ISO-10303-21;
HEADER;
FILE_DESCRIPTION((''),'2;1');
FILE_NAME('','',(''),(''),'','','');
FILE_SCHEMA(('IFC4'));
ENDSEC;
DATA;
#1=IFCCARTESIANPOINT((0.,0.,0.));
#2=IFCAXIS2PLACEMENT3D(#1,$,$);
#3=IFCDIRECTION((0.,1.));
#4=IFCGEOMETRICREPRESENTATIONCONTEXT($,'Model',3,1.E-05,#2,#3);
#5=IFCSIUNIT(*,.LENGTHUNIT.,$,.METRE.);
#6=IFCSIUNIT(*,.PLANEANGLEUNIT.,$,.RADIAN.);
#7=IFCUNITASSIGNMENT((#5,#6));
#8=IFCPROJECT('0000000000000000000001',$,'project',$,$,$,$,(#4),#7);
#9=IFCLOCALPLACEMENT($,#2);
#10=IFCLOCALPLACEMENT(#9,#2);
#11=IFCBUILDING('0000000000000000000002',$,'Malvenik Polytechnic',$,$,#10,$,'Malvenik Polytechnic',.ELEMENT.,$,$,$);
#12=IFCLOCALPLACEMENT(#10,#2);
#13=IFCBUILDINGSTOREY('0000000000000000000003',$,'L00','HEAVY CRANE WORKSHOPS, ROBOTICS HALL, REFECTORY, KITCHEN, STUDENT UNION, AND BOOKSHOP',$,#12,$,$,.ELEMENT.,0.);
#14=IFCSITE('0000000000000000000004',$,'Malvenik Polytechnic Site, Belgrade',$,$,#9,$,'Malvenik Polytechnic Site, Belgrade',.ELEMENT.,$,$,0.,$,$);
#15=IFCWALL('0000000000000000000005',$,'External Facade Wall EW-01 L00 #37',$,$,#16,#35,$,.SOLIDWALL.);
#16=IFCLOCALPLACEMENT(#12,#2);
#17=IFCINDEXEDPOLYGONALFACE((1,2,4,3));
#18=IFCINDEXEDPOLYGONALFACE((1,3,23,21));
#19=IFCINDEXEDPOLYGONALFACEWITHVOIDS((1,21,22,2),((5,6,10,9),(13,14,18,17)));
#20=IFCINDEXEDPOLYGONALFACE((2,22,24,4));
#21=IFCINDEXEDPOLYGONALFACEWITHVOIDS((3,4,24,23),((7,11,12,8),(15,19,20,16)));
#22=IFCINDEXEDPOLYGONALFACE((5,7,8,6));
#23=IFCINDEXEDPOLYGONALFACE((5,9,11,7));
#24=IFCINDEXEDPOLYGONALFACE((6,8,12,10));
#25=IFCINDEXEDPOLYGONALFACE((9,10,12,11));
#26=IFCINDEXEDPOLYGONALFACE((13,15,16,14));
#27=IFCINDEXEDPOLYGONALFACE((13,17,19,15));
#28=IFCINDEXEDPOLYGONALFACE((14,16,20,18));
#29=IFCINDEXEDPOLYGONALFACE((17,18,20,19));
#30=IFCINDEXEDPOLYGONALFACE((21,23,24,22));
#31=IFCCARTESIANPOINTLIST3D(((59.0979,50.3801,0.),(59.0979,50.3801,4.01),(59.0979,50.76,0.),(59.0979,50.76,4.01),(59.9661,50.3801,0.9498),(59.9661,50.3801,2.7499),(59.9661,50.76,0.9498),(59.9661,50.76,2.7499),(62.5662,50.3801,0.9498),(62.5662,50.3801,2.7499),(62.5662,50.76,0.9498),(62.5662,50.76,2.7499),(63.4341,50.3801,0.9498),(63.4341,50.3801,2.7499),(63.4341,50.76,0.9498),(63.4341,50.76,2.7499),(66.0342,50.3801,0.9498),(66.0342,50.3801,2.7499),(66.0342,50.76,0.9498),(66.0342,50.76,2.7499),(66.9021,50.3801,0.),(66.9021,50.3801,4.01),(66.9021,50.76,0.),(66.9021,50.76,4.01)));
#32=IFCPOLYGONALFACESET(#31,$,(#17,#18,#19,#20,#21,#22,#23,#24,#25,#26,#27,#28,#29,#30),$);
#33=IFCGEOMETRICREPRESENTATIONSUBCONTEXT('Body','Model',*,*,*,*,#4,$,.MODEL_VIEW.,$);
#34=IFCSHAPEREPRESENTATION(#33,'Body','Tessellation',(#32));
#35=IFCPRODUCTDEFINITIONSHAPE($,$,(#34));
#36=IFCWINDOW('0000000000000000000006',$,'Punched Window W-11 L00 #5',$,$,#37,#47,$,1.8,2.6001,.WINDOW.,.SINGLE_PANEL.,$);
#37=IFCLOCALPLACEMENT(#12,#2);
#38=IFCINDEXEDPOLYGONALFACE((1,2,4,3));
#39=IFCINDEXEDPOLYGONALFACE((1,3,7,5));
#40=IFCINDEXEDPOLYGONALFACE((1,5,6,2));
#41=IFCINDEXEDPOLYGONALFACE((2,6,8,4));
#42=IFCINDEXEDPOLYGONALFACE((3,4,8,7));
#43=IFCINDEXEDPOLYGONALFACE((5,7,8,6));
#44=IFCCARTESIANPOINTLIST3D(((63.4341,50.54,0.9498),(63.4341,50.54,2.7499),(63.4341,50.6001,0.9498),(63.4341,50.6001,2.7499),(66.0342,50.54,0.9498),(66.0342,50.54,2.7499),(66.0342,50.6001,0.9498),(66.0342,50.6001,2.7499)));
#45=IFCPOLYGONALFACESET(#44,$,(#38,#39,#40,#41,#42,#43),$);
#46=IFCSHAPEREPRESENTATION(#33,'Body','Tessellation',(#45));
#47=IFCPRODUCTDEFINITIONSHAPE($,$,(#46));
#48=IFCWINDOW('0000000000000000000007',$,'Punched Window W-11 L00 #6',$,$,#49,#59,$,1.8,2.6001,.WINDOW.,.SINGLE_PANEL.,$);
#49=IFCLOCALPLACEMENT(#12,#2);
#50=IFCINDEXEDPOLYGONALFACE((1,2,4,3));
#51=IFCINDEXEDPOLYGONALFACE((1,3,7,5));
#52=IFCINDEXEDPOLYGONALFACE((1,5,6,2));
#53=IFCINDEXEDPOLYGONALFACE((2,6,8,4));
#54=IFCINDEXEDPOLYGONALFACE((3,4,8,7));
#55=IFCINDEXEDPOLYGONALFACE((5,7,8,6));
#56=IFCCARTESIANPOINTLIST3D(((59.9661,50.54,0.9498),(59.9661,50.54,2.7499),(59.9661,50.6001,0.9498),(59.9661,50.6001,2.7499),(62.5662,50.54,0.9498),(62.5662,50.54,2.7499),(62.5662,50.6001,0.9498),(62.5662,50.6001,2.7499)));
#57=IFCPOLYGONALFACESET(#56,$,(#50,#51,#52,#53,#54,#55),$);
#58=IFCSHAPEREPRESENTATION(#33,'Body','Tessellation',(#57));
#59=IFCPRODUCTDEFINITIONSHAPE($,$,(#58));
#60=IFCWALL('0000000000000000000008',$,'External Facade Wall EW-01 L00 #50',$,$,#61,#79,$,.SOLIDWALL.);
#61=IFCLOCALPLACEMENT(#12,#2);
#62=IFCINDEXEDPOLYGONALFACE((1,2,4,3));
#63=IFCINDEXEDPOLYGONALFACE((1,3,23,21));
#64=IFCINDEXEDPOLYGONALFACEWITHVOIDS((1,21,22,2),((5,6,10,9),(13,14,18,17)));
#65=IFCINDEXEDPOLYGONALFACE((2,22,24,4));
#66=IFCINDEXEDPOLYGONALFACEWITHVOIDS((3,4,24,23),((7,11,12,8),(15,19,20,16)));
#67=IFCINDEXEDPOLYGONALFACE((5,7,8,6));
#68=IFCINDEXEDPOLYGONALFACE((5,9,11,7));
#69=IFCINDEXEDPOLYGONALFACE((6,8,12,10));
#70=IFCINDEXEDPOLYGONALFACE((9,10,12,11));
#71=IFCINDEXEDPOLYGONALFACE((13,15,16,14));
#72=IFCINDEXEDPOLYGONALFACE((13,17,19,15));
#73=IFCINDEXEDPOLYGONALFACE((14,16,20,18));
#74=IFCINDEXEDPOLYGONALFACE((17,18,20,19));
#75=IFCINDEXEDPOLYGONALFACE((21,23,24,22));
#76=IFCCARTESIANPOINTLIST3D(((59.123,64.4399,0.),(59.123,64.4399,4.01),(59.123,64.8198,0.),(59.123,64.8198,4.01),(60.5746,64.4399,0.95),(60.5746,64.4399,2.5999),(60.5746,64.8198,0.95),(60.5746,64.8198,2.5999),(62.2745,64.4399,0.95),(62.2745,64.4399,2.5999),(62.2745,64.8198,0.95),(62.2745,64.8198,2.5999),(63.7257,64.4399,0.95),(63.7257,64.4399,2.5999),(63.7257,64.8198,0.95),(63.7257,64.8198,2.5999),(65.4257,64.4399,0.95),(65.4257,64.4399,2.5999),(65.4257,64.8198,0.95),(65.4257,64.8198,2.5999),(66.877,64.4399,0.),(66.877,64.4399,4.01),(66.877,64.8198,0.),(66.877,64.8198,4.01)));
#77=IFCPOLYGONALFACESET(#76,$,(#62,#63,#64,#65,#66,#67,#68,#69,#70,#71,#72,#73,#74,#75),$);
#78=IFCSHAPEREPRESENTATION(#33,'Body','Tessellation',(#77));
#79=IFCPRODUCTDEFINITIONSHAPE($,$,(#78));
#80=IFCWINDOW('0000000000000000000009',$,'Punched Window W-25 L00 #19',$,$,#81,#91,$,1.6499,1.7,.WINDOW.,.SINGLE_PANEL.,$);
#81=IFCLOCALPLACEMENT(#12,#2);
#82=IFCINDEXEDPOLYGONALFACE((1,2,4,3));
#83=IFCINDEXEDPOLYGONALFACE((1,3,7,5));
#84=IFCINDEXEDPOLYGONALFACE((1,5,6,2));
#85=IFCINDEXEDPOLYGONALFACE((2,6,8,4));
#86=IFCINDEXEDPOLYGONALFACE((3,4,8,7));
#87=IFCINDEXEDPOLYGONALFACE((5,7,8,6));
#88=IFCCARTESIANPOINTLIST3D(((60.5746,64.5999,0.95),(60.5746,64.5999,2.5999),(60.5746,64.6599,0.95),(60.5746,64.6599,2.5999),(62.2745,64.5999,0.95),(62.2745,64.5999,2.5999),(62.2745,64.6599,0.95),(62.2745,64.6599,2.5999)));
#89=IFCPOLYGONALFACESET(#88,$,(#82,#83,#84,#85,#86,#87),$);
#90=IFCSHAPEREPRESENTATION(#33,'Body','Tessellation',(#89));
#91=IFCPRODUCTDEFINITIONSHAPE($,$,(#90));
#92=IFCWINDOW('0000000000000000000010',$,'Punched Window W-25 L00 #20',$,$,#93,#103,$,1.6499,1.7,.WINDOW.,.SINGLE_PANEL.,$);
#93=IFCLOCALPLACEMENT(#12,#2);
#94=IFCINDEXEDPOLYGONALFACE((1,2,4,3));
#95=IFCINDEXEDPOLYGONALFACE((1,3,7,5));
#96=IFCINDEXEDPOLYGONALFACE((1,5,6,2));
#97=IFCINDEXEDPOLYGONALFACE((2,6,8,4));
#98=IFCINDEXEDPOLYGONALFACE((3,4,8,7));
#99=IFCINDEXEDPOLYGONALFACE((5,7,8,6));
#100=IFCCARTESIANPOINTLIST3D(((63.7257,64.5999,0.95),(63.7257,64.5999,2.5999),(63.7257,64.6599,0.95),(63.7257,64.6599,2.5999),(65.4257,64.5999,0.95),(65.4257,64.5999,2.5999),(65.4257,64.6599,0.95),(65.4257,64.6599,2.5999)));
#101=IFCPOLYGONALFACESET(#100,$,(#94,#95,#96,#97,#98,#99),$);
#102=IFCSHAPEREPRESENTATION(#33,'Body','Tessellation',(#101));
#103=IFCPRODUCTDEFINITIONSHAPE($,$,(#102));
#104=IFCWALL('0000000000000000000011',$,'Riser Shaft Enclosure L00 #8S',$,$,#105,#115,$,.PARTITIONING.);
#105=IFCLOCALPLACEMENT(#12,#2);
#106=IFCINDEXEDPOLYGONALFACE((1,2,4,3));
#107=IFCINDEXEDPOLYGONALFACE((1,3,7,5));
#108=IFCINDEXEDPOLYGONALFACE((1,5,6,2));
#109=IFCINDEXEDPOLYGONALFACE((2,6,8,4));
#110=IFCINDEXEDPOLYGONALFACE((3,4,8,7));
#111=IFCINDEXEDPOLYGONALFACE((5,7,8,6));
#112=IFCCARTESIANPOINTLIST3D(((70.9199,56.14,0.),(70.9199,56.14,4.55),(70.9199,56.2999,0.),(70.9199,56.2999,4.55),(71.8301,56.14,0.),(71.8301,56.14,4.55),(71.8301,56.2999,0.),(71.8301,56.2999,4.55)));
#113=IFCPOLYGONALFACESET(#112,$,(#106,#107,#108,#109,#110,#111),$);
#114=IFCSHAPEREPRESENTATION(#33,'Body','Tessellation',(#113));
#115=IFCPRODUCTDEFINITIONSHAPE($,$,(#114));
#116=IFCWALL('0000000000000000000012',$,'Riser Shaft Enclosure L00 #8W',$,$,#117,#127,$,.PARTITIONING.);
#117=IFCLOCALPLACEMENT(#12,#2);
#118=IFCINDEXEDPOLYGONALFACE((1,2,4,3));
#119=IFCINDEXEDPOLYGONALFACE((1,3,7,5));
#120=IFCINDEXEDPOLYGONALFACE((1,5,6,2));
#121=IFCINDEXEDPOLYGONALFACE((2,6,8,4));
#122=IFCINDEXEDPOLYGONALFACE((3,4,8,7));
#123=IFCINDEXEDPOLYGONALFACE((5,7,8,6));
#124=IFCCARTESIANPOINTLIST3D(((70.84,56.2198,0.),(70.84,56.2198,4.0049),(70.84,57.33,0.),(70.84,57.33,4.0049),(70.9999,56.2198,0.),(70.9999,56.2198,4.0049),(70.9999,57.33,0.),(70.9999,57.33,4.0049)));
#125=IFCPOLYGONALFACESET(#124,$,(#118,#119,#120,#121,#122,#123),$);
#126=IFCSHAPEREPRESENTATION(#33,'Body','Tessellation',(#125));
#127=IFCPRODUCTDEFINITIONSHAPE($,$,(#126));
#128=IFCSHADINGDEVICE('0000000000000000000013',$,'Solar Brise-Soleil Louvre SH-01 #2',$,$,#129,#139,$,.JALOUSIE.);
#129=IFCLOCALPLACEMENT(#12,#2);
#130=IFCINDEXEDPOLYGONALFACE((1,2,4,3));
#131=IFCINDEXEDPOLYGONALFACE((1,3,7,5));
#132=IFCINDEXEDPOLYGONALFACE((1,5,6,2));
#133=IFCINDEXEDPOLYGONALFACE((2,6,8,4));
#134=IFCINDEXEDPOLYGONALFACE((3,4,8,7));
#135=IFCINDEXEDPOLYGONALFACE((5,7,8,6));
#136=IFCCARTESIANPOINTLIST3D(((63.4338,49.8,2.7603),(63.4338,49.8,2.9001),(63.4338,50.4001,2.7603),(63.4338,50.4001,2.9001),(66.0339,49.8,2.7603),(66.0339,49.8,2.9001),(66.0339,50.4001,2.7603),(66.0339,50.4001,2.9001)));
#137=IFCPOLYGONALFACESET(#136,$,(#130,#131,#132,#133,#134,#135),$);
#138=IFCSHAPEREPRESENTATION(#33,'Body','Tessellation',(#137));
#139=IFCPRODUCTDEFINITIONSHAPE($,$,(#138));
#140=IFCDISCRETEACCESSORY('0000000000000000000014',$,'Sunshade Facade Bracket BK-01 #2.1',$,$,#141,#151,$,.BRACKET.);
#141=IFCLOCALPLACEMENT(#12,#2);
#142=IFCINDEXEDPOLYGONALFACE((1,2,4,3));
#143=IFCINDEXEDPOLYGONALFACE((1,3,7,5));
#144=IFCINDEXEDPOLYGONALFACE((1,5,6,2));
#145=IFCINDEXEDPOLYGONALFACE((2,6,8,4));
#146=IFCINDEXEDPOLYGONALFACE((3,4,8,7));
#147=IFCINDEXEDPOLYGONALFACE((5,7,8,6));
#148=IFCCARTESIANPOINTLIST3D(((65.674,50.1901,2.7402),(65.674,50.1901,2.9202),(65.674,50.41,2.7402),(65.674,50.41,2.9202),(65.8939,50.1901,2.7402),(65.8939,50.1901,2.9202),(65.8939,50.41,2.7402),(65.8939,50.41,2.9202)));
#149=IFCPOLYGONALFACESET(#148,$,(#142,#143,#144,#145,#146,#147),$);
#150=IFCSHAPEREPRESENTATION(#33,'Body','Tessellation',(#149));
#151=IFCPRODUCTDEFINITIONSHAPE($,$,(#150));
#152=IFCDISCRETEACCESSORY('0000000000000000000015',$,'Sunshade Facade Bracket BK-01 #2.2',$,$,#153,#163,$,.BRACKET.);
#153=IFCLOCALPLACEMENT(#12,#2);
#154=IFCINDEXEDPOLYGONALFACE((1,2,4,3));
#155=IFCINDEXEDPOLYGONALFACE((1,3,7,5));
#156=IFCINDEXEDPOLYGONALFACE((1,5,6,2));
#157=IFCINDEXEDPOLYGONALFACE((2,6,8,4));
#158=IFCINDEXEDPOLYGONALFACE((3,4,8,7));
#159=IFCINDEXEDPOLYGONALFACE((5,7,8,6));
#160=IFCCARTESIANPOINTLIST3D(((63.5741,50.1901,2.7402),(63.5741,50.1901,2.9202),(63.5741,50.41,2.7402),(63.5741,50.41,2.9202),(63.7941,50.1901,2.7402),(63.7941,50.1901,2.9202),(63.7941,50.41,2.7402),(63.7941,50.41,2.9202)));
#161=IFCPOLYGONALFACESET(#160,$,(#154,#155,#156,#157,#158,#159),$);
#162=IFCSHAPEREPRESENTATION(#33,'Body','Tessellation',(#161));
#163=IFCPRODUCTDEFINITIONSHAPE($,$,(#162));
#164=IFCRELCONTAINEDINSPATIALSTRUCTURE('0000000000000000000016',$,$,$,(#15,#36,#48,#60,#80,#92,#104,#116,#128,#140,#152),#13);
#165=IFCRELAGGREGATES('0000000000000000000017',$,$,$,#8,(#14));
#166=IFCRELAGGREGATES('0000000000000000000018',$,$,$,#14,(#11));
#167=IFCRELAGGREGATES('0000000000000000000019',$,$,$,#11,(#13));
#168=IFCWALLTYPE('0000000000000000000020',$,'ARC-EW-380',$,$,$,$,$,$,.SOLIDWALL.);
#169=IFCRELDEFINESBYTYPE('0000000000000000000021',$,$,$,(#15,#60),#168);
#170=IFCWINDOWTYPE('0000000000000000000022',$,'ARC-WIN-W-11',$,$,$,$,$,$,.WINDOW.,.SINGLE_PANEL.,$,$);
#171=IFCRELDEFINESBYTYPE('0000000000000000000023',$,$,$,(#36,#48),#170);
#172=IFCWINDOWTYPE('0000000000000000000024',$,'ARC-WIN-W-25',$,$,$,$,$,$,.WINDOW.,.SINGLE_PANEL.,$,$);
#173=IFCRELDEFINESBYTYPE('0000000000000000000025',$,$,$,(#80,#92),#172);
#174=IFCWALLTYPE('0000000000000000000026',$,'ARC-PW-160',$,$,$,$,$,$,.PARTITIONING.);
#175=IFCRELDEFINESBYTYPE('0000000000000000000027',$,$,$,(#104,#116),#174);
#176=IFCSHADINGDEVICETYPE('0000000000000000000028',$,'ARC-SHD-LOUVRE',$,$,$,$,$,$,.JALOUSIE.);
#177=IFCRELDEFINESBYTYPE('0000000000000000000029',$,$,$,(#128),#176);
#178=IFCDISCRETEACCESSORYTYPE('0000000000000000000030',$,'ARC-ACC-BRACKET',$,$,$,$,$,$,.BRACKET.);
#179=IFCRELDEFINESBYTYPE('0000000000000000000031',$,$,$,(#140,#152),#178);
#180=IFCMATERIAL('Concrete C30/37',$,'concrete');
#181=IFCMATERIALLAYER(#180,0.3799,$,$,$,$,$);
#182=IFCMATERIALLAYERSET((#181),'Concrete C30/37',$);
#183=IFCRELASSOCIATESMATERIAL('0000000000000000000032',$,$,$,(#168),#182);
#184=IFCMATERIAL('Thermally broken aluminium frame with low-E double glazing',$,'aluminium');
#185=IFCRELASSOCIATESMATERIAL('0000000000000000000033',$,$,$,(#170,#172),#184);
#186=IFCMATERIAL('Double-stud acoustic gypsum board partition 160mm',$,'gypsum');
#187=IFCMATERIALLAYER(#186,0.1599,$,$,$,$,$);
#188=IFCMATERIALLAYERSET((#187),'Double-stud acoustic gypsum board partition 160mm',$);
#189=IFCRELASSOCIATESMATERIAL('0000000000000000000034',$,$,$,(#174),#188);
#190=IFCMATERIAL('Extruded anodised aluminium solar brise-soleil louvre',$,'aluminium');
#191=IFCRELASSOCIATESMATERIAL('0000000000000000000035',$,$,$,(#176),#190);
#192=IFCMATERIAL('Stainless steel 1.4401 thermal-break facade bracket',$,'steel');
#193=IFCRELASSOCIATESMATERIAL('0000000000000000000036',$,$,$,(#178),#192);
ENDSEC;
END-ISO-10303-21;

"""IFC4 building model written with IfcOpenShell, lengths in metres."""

from ifc_helpers import new_model, si_unit, direction, frame, frame_2d, origin, origin_2d, place, context, subcontext, project, spatial, rectangle, extrude, material, layer, layer_set, type_object, element, fill, save


model = new_model("IFC4")

# Units and contexts
model_context = context("Model", 3, precision=1e-05, world=origin(), true_north=direction((0.0, 1.0)))
body_context = subcontext(model_context, "Body", "Model", "MODEL_VIEW")
ifc_project = project(units=[si_unit("LENGTHUNIT", "METRE"), si_unit("PLANEANGLEUNIT", "RADIAN")], contexts=[model_context])

# Site, building, storey
site_placement = place(None, origin())
site = spatial("IfcSite", under=ifc_project, at=site_placement, Name="Malvenik Polytechnic Site, Belgrade", LongName="Malvenik Polytechnic Site, Belgrade", CompositionType="ELEMENT", RefElevation=0.0)
building_placement = place(site_placement, origin())
building = spatial("IfcBuilding", under=site, at=building_placement, Name="Malvenik Polytechnic", LongName="Malvenik Polytechnic", CompositionType="ELEMENT")
storey_placement = place(building_placement, origin())
storey = spatial("IfcBuildingStorey", under=building, at=storey_placement, Name="L00", Description="HEAVY CRANE WORKSHOPS, ROBOTICS HALL, REFECTORY, KITCHEN, STUDENT UNION, AND BOOKSHOP", CompositionType="ELEMENT", Elevation=0.0)

# Shared definitions
ifc_material_1 = material(Name="Concrete C30/37", Category="concrete")

# Walls, openings, windows
ifc_layer_1 = layer(ifc_material_1, 0.3799)
ifc_layer_set_1 = layer_set([ifc_layer_1], Name="Concrete C30/37")
wall_type_1 = type_object("IfcWallType", Name="ARC-EW-380", PredefinedType="SOLIDWALL", material=ifc_layer_set_1)
wall_1_placement = place(storey_placement, frame((66.9021, 50.5701, 0.0), z_axis=(0.0, 0.0, 1.0), x_axis=(-1.0, 0.0, 0.0)))
wall_1 = element("IfcWall", 1, at=wall_1_placement, inside=storey, type_object=wall_type_1, Name="External Facade Wall EW-01 L00 #37", PredefinedType="SOLIDWALL", context=body_context, shape_type="SweptSolid", body=[
    extrude(rectangle(XDim=7.8042, YDim=0.3799, at=frame_2d((3.9021, 0.0))), origin(), (0.0, 0.0, 1.0), 4.01),
])
opening_1_placement = place(wall_1_placement, frame((0.8679, 0.0, 0.95)))
opening_1 = element("IfcOpeningElement", 2, at=opening_1_placement, cuts=wall_1, PredefinedType="OPENING", context=body_context, shape_type="SweptSolid", body=[
    extrude(rectangle(XDim=2.6001, YDim=1.8, at=frame_2d((1.3, 0.8999))), frame((0.0, 0.2, 0.0), z_axis=(0.0, -1.0, 0.0), x_axis=(1.0, 0.0, 0.0)), (0.0, 0.0, 1.0), 0.3999),
])
opening_2_placement = place(wall_1_placement, frame((4.3359, 0.0, 0.95)))
opening_2 = element("IfcOpeningElement", 3, at=opening_2_placement, cuts=wall_1, PredefinedType="OPENING", context=body_context, shape_type="SweptSolid", body=[
    extrude(rectangle(XDim=2.6001, YDim=1.8, at=frame_2d((1.3, 0.8999))), frame((0.0, 0.2, 0.0), z_axis=(0.0, -1.0, 0.0), x_axis=(1.0, 0.0, 0.0)), (0.0, 0.0, 1.0), 0.3999),
])
ifc_material_2 = material(Name="Thermally broken aluminium frame with low-E double glazing", Category="aluminium")
window_type_1 = type_object("IfcWindowType", Name="ARC-WIN-W-11", PartitioningType="SINGLE_PANEL", PredefinedType="WINDOW", material=ifc_material_2)
window_1_placement = place(opening_1_placement, origin())
window_1 = element("IfcWindow", 4, at=window_1_placement, inside=storey, type_object=window_type_1, Name="Punched Window W-11 L00 #5", OverallHeight=1.8, OverallWidth=2.6001, PartitioningType="SINGLE_PANEL", PredefinedType="WINDOW", context=body_context, shape_type="SweptSolid", body=[
    extrude(rectangle(XDim=2.6001, YDim=1.8, at=frame_2d((1.3, 0.8999))), frame((0.0, 0.03, 0.0), z_axis=(0.0, -1.0, 0.0), x_axis=(1.0, 0.0, 0.0)), (0.0, 0.0, 1.0), 0.0601),
])
fill(opening_1, window_1)
window_2_placement = place(opening_2_placement, origin())
window_2 = element("IfcWindow", 5, at=window_2_placement, inside=storey, type_object=window_type_1, Name="Punched Window W-11 L00 #6", OverallHeight=1.8, OverallWidth=2.6001, PartitioningType="SINGLE_PANEL", PredefinedType="WINDOW", context=body_context, shape_type="SweptSolid", body=[
    extrude(rectangle(XDim=2.6001, YDim=1.8, at=frame_2d((1.3, 0.8999))), frame((0.0, 0.03, 0.0), z_axis=(0.0, -1.0, 0.0), x_axis=(1.0, 0.0, 0.0)), (0.0, 0.0, 1.0), 0.0601),
])
fill(opening_2, window_2)
wall_2_placement = place(storey_placement, frame((59.123, 64.6299, 0.0), z_axis=(0.0, 0.0, 1.0), x_axis=(1.0, 0.0, 0.0)))
wall_2 = element("IfcWall", 6, at=wall_2_placement, inside=storey, type_object=wall_type_1, Name="External Facade Wall EW-01 L00 #50", PredefinedType="SOLIDWALL", context=body_context, shape_type="SweptSolid", body=[
    extrude(rectangle(XDim=7.7539, YDim=0.3799, at=frame_2d((3.877, 0.0))), origin(), (0.0, 0.0, 1.0), 4.01),
])
opening_3_placement = place(wall_2_placement, frame((1.4514, 0.0, 0.95)))
opening_3 = element("IfcOpeningElement", 7, at=opening_3_placement, cuts=wall_2, PredefinedType="OPENING", context=body_context, shape_type="SweptSolid", body=[
    extrude(rectangle(XDim=1.7, YDim=1.6499, at=frame_2d((0.8501, 0.825))), frame((0.0, 0.2, 0.0), z_axis=(0.0, -1.0, 0.0), x_axis=(1.0, 0.0, 0.0)), (0.0, 0.0, 1.0), 0.3999),
])
opening_4_placement = place(wall_2_placement, frame((4.6025, 0.0, 0.95)))
opening_4 = element("IfcOpeningElement", 8, at=opening_4_placement, cuts=wall_2, PredefinedType="OPENING", context=body_context, shape_type="SweptSolid", body=[
    extrude(rectangle(XDim=1.7, YDim=1.6499, at=frame_2d((0.8501, 0.825))), frame((0.0, 0.2, 0.0), z_axis=(0.0, -1.0, 0.0), x_axis=(1.0, 0.0, 0.0)), (0.0, 0.0, 1.0), 0.3999),
])
window_type_2 = type_object("IfcWindowType", Name="ARC-WIN-W-25", PartitioningType="SINGLE_PANEL", PredefinedType="WINDOW", material=ifc_material_2)
window_3_placement = place(opening_3_placement, origin())
window_3 = element("IfcWindow", 9, at=window_3_placement, inside=storey, type_object=window_type_2, Name="Punched Window W-25 L00 #19", OverallHeight=1.6499, OverallWidth=1.7, PartitioningType="SINGLE_PANEL", PredefinedType="WINDOW", context=body_context, shape_type="SweptSolid", body=[
    extrude(rectangle(XDim=1.7, YDim=1.6499, at=frame_2d((0.8501, 0.825))), frame((0.0, 0.03, 0.0), z_axis=(0.0, -1.0, 0.0), x_axis=(1.0, 0.0, 0.0)), (0.0, 0.0, 1.0), 0.0601),
])
fill(opening_3, window_3)
window_4_placement = place(opening_4_placement, origin())
window_4 = element("IfcWindow", 10, at=window_4_placement, inside=storey, type_object=window_type_2, Name="Punched Window W-25 L00 #20", OverallHeight=1.6499, OverallWidth=1.7, PartitioningType="SINGLE_PANEL", PredefinedType="WINDOW", context=body_context, shape_type="SweptSolid", body=[
    extrude(rectangle(XDim=1.7, YDim=1.6499, at=frame_2d((0.8501, 0.825))), frame((0.0, 0.03, 0.0), z_axis=(0.0, -1.0, 0.0), x_axis=(1.0, 0.0, 0.0)), (0.0, 0.0, 1.0), 0.0601),
])
fill(opening_4, window_4)

# Walls
ifc_material_3 = material(Name="Double-stud acoustic gypsum board partition 160mm", Category="gypsum")
ifc_layer_2 = layer(ifc_material_3, 0.1599)
ifc_layer_set_2 = layer_set([ifc_layer_2], Name="Double-stud acoustic gypsum board partition 160mm")
wall_type_2 = type_object("IfcWallType", Name="ARC-PW-160", PredefinedType="PARTITIONING", material=ifc_layer_set_2)
wall_3_placement = place(storey_placement, frame((70.9199, 56.22, 0.0), z_axis=(0.0, 0.0, 1.0), x_axis=(1.0, 0.0, 0.0)))
element("IfcWall", 11, at=wall_3_placement, inside=storey, type_object=wall_type_2, Name="Riser Shaft Enclosure L00 #8S", PredefinedType="PARTITIONING", context=body_context, shape_type="SweptSolid", body=[
    extrude(rectangle(XDim=0.9102, YDim=0.1599, at=frame_2d((0.4551, 0.0))), origin(), (0.0, 0.0, 1.0), 4.55),
])
wall_4_placement = place(storey_placement, frame((70.9199, 57.3301, 0.0), z_axis=(0.0, 0.0, 1.0), x_axis=(0.0, -1.0, 0.0)))
element("IfcWall", 12, at=wall_4_placement, inside=storey, type_object=wall_type_2, Name="Riser Shaft Enclosure L00 #8W", PredefinedType="PARTITIONING", context=body_context, shape_type="SweptSolid", body=[
    extrude(rectangle(XDim=1.1101, YDim=0.1599, at=frame_2d((0.5552, 0.0))), origin(), (0.0, 0.0, 1.0), 4.0049),
])

# Shading device
ifc_material_4 = material(Name="Extruded anodised aluminium solar brise-soleil louvre", Category="aluminium")
shading_device_type = type_object("IfcShadingDeviceType", Name="ARC-SHD-LOUVRE", PredefinedType="JALOUSIE", material=ifc_material_4)
shading_device_placement = place(storey_placement, frame((64.7339, 50.1001, 2.7603), z_axis=(0.0, 0.0, 1.0), x_axis=(1.0, 0.0, 0.0)))
element("IfcShadingDevice", 13, at=shading_device_placement, inside=storey, type_object=shading_device_type, Name="Solar Brise-Soleil Louvre SH-01 #2", PredefinedType="JALOUSIE", context=body_context, shape_type="SweptSolid", body=[
    extrude(rectangle(XDim=2.6001, YDim=0.6001, at=origin_2d()), origin(), (0.0, 0.0, 1.0), 0.1399),
])

# Discrete accessories
ifc_material_5 = material(Name="Stainless steel 1.4401 thermal-break facade bracket", Category="steel")
discrete_accessory_type = type_object("IfcDiscreteAccessoryType", Name="ARC-ACC-BRACKET", PredefinedType="BRACKET", material=ifc_material_5)
for number, where, z_axis, x_axis, name in (
    (14, (65.7839, 50.3, 2.7402), (0.0, 0.0, 1.0), (1.0, 0.0, 0.0), "Sunshade Facade Bracket BK-01 #2.1"),
    (15, (63.6841, 50.3, 2.7402), (0.0, 0.0, 1.0), (1.0, 0.0, 0.0), "Sunshade Facade Bracket BK-01 #2.2"),
):
    element("IfcDiscreteAccessory", number, at=place(storey_placement, frame(where, z_axis=z_axis, x_axis=x_axis)), inside=storey, type_object=discrete_accessory_type, Name=name, PredefinedType="BRACKET", context=body_context, shape_type="SweptSolid", body=[
        extrude(rectangle(XDim=0.22, YDim=0.22, at=origin_2d()), origin(), (0.0, 0.0, 1.0), 0.1799),
    ])

save(model, "model.ifc")
